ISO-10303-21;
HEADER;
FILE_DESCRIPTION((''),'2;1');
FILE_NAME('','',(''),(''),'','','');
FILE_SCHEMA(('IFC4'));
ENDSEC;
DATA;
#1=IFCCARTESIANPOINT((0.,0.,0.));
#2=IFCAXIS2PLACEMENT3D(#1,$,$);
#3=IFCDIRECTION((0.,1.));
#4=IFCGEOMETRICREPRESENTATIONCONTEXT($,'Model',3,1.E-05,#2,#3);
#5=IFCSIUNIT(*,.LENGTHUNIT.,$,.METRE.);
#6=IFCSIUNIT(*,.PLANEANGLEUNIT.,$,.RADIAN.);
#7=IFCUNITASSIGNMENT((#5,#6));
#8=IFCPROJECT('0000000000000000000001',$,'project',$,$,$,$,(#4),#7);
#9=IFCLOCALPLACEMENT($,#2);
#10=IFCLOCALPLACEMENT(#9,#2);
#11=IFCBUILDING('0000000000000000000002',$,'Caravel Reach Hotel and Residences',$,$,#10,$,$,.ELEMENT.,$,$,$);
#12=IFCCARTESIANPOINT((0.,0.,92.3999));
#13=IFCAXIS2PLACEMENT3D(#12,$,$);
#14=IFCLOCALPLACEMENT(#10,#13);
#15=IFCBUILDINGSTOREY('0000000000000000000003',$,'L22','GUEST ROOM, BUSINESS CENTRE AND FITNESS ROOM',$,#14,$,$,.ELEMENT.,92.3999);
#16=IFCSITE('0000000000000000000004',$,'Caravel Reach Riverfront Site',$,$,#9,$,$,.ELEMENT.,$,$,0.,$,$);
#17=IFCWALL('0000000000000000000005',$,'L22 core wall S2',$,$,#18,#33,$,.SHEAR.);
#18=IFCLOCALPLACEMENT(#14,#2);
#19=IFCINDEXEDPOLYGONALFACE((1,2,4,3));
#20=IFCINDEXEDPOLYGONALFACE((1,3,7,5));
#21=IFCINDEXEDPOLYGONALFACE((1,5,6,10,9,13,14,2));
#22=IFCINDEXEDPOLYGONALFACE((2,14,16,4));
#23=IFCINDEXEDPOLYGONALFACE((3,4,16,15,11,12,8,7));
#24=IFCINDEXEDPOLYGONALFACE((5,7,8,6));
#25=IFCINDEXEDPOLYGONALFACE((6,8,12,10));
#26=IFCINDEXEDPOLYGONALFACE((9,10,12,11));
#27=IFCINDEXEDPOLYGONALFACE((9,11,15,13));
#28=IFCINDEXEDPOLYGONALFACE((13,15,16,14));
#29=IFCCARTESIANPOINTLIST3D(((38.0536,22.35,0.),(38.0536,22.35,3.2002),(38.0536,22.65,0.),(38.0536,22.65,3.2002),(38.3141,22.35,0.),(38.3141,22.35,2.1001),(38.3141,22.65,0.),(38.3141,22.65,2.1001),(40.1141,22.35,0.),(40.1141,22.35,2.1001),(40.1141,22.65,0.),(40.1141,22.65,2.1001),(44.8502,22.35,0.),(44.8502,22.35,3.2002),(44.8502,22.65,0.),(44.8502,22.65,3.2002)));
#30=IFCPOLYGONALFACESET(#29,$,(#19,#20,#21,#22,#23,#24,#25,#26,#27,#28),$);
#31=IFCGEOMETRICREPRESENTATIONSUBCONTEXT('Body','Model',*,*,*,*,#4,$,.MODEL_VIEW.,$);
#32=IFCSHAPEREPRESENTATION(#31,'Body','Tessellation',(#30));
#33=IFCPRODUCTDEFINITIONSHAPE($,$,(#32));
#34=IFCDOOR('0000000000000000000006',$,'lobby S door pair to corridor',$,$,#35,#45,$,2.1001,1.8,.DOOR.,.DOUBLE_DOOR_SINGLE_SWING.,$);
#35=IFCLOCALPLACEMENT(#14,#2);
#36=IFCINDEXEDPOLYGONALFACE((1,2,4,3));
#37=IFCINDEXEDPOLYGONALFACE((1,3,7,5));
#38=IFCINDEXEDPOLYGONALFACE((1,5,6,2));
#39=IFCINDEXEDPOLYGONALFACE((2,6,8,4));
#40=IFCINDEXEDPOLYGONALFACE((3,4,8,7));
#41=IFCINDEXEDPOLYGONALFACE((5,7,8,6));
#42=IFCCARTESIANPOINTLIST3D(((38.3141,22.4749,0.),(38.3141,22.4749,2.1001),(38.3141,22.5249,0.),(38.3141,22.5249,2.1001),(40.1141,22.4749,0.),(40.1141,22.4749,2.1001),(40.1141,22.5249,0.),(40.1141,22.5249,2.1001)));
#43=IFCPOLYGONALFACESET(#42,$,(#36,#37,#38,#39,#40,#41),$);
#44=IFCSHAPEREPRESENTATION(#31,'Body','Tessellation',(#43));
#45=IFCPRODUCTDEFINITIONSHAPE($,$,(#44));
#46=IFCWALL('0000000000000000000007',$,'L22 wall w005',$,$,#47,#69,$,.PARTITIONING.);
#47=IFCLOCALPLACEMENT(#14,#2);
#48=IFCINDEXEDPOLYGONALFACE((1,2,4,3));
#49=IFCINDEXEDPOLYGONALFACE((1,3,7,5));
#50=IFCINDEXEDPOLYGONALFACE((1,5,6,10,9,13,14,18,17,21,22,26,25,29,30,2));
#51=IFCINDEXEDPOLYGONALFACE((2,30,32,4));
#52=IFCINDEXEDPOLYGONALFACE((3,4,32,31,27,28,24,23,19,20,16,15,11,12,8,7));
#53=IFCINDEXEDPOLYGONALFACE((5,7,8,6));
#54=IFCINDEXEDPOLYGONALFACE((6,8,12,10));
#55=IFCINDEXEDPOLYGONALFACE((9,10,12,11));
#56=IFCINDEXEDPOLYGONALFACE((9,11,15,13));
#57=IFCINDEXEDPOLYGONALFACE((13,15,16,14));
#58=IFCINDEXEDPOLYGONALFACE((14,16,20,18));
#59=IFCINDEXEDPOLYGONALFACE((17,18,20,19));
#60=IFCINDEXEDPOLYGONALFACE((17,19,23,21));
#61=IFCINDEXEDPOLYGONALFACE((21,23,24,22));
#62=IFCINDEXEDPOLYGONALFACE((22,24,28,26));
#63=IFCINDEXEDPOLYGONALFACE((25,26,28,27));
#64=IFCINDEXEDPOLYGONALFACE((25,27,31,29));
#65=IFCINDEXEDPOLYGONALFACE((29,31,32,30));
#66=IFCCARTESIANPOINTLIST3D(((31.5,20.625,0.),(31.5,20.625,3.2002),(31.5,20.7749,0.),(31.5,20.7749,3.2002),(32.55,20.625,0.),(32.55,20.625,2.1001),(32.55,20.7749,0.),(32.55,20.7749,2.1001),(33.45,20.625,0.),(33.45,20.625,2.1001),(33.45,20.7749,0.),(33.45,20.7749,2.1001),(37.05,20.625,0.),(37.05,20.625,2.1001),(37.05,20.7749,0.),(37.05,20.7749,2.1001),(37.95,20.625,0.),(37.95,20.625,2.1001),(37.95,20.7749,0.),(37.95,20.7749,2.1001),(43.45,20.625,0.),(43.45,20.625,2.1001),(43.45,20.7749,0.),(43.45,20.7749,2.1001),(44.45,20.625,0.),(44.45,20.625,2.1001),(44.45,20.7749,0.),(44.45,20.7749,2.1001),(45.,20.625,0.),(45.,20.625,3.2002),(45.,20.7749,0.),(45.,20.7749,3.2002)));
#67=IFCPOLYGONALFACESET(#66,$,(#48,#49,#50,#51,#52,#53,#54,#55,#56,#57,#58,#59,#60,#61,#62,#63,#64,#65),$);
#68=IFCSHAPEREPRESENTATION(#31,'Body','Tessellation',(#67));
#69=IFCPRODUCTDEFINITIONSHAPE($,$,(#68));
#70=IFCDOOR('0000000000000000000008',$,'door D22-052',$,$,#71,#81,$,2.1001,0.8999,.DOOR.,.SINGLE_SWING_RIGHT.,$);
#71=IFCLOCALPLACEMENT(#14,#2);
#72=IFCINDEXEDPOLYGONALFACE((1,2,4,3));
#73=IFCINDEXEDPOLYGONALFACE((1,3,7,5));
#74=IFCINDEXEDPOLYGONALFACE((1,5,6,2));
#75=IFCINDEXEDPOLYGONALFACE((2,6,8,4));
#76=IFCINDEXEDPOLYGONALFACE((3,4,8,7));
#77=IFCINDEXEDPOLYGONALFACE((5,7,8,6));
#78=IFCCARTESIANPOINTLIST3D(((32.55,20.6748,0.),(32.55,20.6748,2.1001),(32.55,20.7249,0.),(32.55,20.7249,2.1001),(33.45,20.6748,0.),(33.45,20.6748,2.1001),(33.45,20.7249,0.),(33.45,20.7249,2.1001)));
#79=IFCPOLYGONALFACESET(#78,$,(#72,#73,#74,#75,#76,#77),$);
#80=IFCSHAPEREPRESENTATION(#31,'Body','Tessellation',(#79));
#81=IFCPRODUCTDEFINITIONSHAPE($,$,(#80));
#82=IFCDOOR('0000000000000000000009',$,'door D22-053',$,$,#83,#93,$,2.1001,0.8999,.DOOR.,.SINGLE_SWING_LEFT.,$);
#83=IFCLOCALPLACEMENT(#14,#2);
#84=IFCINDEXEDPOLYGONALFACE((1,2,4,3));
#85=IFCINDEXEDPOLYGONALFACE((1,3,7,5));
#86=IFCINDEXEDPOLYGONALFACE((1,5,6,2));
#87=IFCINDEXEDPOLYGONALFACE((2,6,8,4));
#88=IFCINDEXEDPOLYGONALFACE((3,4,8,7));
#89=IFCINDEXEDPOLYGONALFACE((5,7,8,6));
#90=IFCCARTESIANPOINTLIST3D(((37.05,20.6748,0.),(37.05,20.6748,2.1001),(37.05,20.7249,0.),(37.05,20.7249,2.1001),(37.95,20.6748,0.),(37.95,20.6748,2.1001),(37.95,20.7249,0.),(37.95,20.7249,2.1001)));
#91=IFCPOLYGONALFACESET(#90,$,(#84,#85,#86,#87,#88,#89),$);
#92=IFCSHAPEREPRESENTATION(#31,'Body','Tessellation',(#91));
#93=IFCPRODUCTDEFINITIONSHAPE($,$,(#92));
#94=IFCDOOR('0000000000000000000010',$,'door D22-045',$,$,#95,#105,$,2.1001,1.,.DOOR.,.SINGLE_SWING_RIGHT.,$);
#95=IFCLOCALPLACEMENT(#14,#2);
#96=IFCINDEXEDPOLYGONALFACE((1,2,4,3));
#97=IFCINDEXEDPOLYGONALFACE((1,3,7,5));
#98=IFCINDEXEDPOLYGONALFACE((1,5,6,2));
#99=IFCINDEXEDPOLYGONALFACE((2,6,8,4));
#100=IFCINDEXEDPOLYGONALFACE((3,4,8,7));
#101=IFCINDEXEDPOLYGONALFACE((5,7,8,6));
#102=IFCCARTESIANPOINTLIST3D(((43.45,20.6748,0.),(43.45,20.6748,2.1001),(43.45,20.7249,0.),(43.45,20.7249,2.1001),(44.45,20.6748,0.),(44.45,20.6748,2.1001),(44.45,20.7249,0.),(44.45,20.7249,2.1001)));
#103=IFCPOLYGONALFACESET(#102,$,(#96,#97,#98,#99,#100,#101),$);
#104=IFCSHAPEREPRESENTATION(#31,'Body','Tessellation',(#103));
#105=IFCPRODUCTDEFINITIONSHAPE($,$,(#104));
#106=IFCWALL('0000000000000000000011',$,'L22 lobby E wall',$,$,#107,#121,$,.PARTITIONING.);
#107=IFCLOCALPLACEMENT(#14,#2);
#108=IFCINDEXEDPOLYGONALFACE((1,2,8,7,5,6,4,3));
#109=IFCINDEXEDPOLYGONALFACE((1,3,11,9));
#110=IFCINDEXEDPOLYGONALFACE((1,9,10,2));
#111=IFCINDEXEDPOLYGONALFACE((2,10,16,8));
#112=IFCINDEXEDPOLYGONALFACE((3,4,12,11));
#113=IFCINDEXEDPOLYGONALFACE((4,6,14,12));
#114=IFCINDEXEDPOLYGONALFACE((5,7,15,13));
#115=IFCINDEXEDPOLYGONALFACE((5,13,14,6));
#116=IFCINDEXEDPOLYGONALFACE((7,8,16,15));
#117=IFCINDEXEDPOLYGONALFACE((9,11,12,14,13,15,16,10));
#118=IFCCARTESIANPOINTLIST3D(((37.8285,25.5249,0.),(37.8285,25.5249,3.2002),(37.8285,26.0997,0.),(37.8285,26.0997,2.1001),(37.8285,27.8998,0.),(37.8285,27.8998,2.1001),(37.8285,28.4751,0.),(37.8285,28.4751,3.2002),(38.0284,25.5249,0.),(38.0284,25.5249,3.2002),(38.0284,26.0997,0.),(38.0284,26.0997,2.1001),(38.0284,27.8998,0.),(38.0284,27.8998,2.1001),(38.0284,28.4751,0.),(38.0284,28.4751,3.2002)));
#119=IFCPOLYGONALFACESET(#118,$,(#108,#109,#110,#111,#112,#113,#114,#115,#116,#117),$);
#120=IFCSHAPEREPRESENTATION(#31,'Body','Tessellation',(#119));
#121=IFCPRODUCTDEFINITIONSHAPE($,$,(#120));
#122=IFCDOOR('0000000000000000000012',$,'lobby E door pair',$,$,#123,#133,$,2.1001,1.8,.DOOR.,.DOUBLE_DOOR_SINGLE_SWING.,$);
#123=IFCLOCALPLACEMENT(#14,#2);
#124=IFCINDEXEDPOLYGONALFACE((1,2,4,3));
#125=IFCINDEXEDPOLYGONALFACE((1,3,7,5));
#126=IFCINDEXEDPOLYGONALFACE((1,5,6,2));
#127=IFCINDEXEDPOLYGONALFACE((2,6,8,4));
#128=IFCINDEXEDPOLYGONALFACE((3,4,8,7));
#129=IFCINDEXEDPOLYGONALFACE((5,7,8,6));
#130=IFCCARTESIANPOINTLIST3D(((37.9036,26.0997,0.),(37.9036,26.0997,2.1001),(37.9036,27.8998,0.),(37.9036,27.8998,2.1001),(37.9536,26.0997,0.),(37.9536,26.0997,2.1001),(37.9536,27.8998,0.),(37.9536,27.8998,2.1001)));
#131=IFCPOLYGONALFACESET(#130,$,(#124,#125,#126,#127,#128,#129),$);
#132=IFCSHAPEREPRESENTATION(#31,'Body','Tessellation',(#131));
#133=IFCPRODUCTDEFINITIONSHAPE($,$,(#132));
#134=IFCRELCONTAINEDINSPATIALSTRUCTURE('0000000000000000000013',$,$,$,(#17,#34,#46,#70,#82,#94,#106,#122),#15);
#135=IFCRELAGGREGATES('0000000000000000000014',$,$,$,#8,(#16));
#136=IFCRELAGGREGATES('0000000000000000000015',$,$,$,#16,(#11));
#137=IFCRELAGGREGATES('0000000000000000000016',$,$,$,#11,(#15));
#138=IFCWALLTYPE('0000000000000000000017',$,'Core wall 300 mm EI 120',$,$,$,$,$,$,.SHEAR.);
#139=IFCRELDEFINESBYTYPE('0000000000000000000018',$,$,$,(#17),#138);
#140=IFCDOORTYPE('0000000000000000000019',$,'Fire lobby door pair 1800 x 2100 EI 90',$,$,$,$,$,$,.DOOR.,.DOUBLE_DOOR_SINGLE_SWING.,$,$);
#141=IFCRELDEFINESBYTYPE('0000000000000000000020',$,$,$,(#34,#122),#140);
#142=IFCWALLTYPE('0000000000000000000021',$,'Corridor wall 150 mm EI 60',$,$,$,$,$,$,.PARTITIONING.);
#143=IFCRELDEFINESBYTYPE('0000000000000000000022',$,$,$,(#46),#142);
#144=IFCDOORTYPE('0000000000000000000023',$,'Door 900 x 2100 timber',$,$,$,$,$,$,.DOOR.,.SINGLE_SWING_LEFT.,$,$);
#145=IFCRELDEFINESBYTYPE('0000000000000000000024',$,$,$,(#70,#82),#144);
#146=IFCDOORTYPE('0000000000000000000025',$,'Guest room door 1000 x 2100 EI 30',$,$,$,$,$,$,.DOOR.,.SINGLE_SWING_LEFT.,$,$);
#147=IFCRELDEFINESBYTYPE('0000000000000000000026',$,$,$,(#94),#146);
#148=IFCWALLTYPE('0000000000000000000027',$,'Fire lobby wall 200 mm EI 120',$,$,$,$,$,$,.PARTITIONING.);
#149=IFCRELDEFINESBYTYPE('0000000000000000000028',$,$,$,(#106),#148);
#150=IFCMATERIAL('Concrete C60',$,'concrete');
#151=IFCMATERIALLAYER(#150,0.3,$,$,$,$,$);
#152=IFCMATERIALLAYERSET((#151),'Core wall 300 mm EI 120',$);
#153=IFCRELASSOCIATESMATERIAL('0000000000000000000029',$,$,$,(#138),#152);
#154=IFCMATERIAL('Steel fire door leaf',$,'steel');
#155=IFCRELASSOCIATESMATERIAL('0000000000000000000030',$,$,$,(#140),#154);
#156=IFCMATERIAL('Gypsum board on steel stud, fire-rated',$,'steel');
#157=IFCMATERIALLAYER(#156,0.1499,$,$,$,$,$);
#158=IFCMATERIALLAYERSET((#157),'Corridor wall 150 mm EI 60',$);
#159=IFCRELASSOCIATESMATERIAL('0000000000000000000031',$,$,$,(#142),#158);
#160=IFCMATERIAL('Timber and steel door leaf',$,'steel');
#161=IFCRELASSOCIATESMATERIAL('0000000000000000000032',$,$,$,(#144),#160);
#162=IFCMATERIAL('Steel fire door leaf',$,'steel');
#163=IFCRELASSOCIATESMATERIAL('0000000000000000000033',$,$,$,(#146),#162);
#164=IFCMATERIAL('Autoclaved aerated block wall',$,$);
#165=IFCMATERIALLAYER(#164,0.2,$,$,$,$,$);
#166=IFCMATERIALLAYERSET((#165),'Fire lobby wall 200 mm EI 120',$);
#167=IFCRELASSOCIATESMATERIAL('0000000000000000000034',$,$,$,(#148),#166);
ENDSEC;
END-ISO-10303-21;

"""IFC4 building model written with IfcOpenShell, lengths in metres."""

from ifc_helpers import new_model, si_unit, direction, frame, frame_2d, origin, place, context, subcontext, project, spatial, rectangle, extrude, material, layer, layer_set, type_object, element, fill, save


model = new_model("IFC4")

# Units and contexts
model_context = context("Model", 3, precision=1e-05, world=origin(), true_north=direction((0.0, 1.0)))
body_context = subcontext(model_context, "Body", "Model", "MODEL_VIEW")
ifc_project = project(units=[si_unit("LENGTHUNIT", "METRE"), si_unit("PLANEANGLEUNIT", "RADIAN")], contexts=[model_context])

# Site, building, storey
site_placement = place(None, origin())
site = spatial("IfcSite", under=ifc_project, at=site_placement, Name="Caravel Reach Riverfront Site", CompositionType="ELEMENT", RefElevation=0.0)
building_placement = place(site_placement, origin())
building = spatial("IfcBuilding", under=site, at=building_placement, Name="Caravel Reach Hotel and Residences", CompositionType="ELEMENT")
storey_placement = place(building_placement, frame((0.0, 0.0, 92.3999)))
storey = spatial("IfcBuildingStorey", under=building, at=storey_placement, Name="L22", Description="GUEST ROOM, BUSINESS CENTRE AND FITNESS ROOM", CompositionType="ELEMENT", Elevation=92.3999)

# Wall, opening, door
ifc_material_1 = material(Name="Concrete C60", Category="concrete")
ifc_layer_1 = layer(ifc_material_1, 0.3)
ifc_layer_set_1 = layer_set([ifc_layer_1], Name="Core wall 300 mm EI 120")
wall_type_1 = type_object("IfcWallType", Name="Core wall 300 mm EI 120", PredefinedType="SHEAR", material=ifc_layer_set_1)
wall_1_placement = place(storey_placement, frame((38.0535, 22.5, 0.0), z_axis=(0.0, 0.0, 1.0), x_axis=(1.0, 0.0, 0.0)))
wall_1 = element("IfcWall", 1, at=wall_1_placement, inside=storey, type_object=wall_type_1, Name="L22 core wall S2", PredefinedType="SHEAR", context=body_context, shape_type="SweptSolid", body=[
    extrude(rectangle(XDim=6.7966, YDim=0.3, at=frame_2d((3.3984, 0.0))), origin(), (0.0, 0.0, 1.0), 3.2002),
])
opening_1_placement = place(wall_1_placement, frame((0.2607, 0.0, 0.0)))
opening_1 = element("IfcOpeningElement", 2, at=opening_1_placement, cuts=wall_1, PredefinedType="OPENING", context=body_context, shape_type="SweptSolid", body=[
    extrude(rectangle(XDim=1.8, YDim=2.1001, at=frame_2d((0.8999, 1.05))), frame((0.0, 0.1599, 0.0), z_axis=(0.0, -1.0, 0.0), x_axis=(1.0, 0.0, 0.0)), (0.0, 0.0, 1.0), 0.3201),
])
ifc_material_2 = material(Name="Steel fire door leaf", Category="steel")
door_type_1 = type_object("IfcDoorType", Name="Fire lobby door pair 1800 x 2100 EI 90", OperationType="DOUBLE_DOOR_SINGLE_SWING", PredefinedType="DOOR", material=ifc_material_2)
door_1_placement = place(opening_1_placement, origin())
door_1 = element("IfcDoor", 3, at=door_1_placement, inside=storey, type_object=door_type_1, Name="lobby S door pair to corridor", OperationType="DOUBLE_DOOR_SINGLE_SWING", OverallHeight=2.1001, OverallWidth=1.8, PredefinedType="DOOR", context=body_context, shape_type="SweptSolid", body=[
    extrude(rectangle(XDim=1.8, YDim=2.1001, at=frame_2d((0.8999, 1.05))), frame((0.0, 0.0249, 0.0), z_axis=(0.0, -1.0, 0.0), x_axis=(1.0, 0.0, 0.0)), (0.0, 0.0, 1.0), 0.05),
])
fill(opening_1, door_1)

# Wall, openings, doors
ifc_material_3 = material(Name="Gypsum board on steel stud, fire-rated", Category="steel")
ifc_layer_2 = layer(ifc_material_3, 0.1499)
ifc_layer_set_2 = layer_set([ifc_layer_2], Name="Corridor wall 150 mm EI 60")
wall_type_2 = type_object("IfcWallType", Name="Corridor wall 150 mm EI 60", PredefinedType="PARTITIONING", material=ifc_layer_set_2)
wall_2_placement = place(storey_placement, frame((31.5, 20.7, 0.0), z_axis=(0.0, 0.0, 1.0), x_axis=(1.0, 0.0, 0.0)))
wall_2 = element("IfcWall", 4, at=wall_2_placement, inside=storey, type_object=wall_type_2, Name="L22 wall w005", PredefinedType="PARTITIONING", context=body_context, shape_type="SweptSolid", body=[
    extrude(rectangle(XDim=13.5, YDim=0.1499, at=frame_2d((6.75, 0.0))), origin(), (0.0, 0.0, 1.0), 3.2002),
])
opening_2_placement = place(wall_2_placement, frame((11.95, 0.0, 0.0)))
opening_2 = element("IfcOpeningElement", 5, at=opening_2_placement, cuts=wall_2, PredefinedType="OPENING", context=body_context, shape_type="SweptSolid", body=[
    extrude(rectangle(XDim=1.0, YDim=2.1001, at=frame_2d((0.5, 1.05))), frame((0.0, 0.085, 0.0), z_axis=(0.0, -1.0, 0.0), x_axis=(1.0, 0.0, 0.0)), (0.0, 0.0, 1.0), 0.1699),
])
opening_3_placement = place(wall_2_placement, frame((1.05, 0.0, 0.0)))
opening_3 = element("IfcOpeningElement", 6, at=opening_3_placement, cuts=wall_2, PredefinedType="OPENING", context=body_context, shape_type="SweptSolid", body=[
    extrude(rectangle(XDim=0.8999, YDim=2.1001, at=frame_2d((0.45, 1.05))), frame((0.0, 0.085, 0.0), z_axis=(0.0, -1.0, 0.0), x_axis=(1.0, 0.0, 0.0)), (0.0, 0.0, 1.0), 0.1699),
])
opening_4_placement = place(wall_2_placement, frame((5.55, 0.0, 0.0)))
opening_4 = element("IfcOpeningElement", 7, at=opening_4_placement, cuts=wall_2, PredefinedType="OPENING", context=body_context, shape_type="SweptSolid", body=[
    extrude(rectangle(XDim=0.8999, YDim=2.1001, at=frame_2d((0.45, 1.05))), frame((0.0, 0.085, 0.0), z_axis=(0.0, -1.0, 0.0), x_axis=(1.0, 0.0, 0.0)), (0.0, 0.0, 1.0), 0.1699),
])
ifc_material_4 = material(Name="Timber and steel door leaf", Category="steel")
door_type_2 = type_object("IfcDoorType", Name="Door 900 x 2100 timber", OperationType="SINGLE_SWING_LEFT", PredefinedType="DOOR", material=ifc_material_4)
door_2_placement = place(opening_3_placement, origin())
door_2 = element("IfcDoor", 8, at=door_2_placement, inside=storey, type_object=door_type_2, Name="door D22-052", OperationType="SINGLE_SWING_RIGHT", OverallHeight=2.1001, OverallWidth=0.8999, PredefinedType="DOOR", context=body_context, shape_type="SweptSolid", body=[
    extrude(rectangle(XDim=0.8999, YDim=2.1001, at=frame_2d((0.45, 1.05))), frame((0.0, 0.0249, 0.0), z_axis=(0.0, -1.0, 0.0), x_axis=(1.0, 0.0, 0.0)), (0.0, 0.0, 1.0), 0.05),
])
fill(opening_3, door_2)
door_3_placement = place(opening_4_placement, origin())
door_3 = element("IfcDoor", 9, at=door_3_placement, inside=storey, type_object=door_type_2, Name="door D22-053", OperationType="SINGLE_SWING_LEFT", OverallHeight=2.1001, OverallWidth=0.8999, PredefinedType="DOOR", context=body_context, shape_type="SweptSolid", body=[
    extrude(rectangle(XDim=0.8999, YDim=2.1001, at=frame_2d((0.45, 1.05))), frame((0.0, 0.0249, 0.0), z_axis=(0.0, -1.0, 0.0), x_axis=(1.0, 0.0, 0.0)), (0.0, 0.0, 1.0), 0.05),
])
fill(opening_4, door_3)
ifc_material_5 = material(Name="Steel fire door leaf", Category="steel")
door_type_3 = type_object("IfcDoorType", Name="Guest room door 1000 x 2100 EI 30", OperationType="SINGLE_SWING_LEFT", PredefinedType="DOOR", material=ifc_material_5)
door_4_placement = place(opening_2_placement, origin())
door_4 = element("IfcDoor", 10, at=door_4_placement, inside=storey, type_object=door_type_3, Name="door D22-045", OperationType="SINGLE_SWING_RIGHT", OverallHeight=2.1001, OverallWidth=1.0, PredefinedType="DOOR", context=body_context, shape_type="SweptSolid", body=[
    extrude(rectangle(XDim=1.0, YDim=2.1001, at=frame_2d((0.5, 1.05))), frame((0.0, 0.0249, 0.0), z_axis=(0.0, -1.0, 0.0), x_axis=(1.0, 0.0, 0.0)), (0.0, 0.0, 1.0), 0.05),
])
fill(opening_2, door_4)

# Wall, opening, door
ifc_material_6 = material(Name="Autoclaved aerated block wall")
ifc_layer_3 = layer(ifc_material_6, 0.2)
ifc_layer_set_3 = layer_set([ifc_layer_3], Name="Fire lobby wall 200 mm EI 120")
wall_type_3 = type_object("IfcWallType", Name="Fire lobby wall 200 mm EI 120", PredefinedType="PARTITIONING", material=ifc_layer_set_3)
wall_3_placement = place(storey_placement, frame((37.9285, 25.5249, 0.0), z_axis=(0.0, 0.0, 1.0), x_axis=(0.0, 1.0, 0.0)))
wall_3 = element("IfcWall", 11, at=wall_3_placement, inside=storey, type_object=wall_type_3, Name="L22 lobby E wall", PredefinedType="PARTITIONING", context=body_context, shape_type="SweptSolid", body=[
    extrude(rectangle(XDim=2.9502, YDim=0.2, at=frame_2d((1.4751, 0.0))), origin(), (0.0, 0.0, 1.0), 3.2002),
])
opening_5_placement = place(wall_3_placement, frame((0.575, 0.0, 0.0)))
opening_5 = element("IfcOpeningElement", 12, at=opening_5_placement, cuts=wall_3, PredefinedType="OPENING", context=body_context, shape_type="SweptSolid", body=[
    extrude(rectangle(XDim=1.8, YDim=2.1001, at=frame_2d((0.8999, 1.05))), frame((0.0, 0.1099, 0.0), z_axis=(0.0, -1.0, 0.0), x_axis=(1.0, 0.0, 0.0)), (0.0, 0.0, 1.0), 0.22),
])
door_5_placement = place(opening_5_placement, origin())
door_5 = element("IfcDoor", 13, at=door_5_placement, inside=storey, type_object=door_type_1, Name="lobby E door pair", OperationType="DOUBLE_DOOR_SINGLE_SWING", OverallHeight=2.1001, OverallWidth=1.8, PredefinedType="DOOR", context=body_context, shape_type="SweptSolid", body=[
    extrude(rectangle(XDim=1.8, YDim=2.1001, at=frame_2d((0.8999, 1.05))), frame((0.0, 0.0249, 0.0), z_axis=(0.0, -1.0, 0.0), x_axis=(1.0, 0.0, 0.0)), (0.0, 0.0, 1.0), 0.05),
])
fill(opening_5, door_5)

save(model, "model.ifc")
